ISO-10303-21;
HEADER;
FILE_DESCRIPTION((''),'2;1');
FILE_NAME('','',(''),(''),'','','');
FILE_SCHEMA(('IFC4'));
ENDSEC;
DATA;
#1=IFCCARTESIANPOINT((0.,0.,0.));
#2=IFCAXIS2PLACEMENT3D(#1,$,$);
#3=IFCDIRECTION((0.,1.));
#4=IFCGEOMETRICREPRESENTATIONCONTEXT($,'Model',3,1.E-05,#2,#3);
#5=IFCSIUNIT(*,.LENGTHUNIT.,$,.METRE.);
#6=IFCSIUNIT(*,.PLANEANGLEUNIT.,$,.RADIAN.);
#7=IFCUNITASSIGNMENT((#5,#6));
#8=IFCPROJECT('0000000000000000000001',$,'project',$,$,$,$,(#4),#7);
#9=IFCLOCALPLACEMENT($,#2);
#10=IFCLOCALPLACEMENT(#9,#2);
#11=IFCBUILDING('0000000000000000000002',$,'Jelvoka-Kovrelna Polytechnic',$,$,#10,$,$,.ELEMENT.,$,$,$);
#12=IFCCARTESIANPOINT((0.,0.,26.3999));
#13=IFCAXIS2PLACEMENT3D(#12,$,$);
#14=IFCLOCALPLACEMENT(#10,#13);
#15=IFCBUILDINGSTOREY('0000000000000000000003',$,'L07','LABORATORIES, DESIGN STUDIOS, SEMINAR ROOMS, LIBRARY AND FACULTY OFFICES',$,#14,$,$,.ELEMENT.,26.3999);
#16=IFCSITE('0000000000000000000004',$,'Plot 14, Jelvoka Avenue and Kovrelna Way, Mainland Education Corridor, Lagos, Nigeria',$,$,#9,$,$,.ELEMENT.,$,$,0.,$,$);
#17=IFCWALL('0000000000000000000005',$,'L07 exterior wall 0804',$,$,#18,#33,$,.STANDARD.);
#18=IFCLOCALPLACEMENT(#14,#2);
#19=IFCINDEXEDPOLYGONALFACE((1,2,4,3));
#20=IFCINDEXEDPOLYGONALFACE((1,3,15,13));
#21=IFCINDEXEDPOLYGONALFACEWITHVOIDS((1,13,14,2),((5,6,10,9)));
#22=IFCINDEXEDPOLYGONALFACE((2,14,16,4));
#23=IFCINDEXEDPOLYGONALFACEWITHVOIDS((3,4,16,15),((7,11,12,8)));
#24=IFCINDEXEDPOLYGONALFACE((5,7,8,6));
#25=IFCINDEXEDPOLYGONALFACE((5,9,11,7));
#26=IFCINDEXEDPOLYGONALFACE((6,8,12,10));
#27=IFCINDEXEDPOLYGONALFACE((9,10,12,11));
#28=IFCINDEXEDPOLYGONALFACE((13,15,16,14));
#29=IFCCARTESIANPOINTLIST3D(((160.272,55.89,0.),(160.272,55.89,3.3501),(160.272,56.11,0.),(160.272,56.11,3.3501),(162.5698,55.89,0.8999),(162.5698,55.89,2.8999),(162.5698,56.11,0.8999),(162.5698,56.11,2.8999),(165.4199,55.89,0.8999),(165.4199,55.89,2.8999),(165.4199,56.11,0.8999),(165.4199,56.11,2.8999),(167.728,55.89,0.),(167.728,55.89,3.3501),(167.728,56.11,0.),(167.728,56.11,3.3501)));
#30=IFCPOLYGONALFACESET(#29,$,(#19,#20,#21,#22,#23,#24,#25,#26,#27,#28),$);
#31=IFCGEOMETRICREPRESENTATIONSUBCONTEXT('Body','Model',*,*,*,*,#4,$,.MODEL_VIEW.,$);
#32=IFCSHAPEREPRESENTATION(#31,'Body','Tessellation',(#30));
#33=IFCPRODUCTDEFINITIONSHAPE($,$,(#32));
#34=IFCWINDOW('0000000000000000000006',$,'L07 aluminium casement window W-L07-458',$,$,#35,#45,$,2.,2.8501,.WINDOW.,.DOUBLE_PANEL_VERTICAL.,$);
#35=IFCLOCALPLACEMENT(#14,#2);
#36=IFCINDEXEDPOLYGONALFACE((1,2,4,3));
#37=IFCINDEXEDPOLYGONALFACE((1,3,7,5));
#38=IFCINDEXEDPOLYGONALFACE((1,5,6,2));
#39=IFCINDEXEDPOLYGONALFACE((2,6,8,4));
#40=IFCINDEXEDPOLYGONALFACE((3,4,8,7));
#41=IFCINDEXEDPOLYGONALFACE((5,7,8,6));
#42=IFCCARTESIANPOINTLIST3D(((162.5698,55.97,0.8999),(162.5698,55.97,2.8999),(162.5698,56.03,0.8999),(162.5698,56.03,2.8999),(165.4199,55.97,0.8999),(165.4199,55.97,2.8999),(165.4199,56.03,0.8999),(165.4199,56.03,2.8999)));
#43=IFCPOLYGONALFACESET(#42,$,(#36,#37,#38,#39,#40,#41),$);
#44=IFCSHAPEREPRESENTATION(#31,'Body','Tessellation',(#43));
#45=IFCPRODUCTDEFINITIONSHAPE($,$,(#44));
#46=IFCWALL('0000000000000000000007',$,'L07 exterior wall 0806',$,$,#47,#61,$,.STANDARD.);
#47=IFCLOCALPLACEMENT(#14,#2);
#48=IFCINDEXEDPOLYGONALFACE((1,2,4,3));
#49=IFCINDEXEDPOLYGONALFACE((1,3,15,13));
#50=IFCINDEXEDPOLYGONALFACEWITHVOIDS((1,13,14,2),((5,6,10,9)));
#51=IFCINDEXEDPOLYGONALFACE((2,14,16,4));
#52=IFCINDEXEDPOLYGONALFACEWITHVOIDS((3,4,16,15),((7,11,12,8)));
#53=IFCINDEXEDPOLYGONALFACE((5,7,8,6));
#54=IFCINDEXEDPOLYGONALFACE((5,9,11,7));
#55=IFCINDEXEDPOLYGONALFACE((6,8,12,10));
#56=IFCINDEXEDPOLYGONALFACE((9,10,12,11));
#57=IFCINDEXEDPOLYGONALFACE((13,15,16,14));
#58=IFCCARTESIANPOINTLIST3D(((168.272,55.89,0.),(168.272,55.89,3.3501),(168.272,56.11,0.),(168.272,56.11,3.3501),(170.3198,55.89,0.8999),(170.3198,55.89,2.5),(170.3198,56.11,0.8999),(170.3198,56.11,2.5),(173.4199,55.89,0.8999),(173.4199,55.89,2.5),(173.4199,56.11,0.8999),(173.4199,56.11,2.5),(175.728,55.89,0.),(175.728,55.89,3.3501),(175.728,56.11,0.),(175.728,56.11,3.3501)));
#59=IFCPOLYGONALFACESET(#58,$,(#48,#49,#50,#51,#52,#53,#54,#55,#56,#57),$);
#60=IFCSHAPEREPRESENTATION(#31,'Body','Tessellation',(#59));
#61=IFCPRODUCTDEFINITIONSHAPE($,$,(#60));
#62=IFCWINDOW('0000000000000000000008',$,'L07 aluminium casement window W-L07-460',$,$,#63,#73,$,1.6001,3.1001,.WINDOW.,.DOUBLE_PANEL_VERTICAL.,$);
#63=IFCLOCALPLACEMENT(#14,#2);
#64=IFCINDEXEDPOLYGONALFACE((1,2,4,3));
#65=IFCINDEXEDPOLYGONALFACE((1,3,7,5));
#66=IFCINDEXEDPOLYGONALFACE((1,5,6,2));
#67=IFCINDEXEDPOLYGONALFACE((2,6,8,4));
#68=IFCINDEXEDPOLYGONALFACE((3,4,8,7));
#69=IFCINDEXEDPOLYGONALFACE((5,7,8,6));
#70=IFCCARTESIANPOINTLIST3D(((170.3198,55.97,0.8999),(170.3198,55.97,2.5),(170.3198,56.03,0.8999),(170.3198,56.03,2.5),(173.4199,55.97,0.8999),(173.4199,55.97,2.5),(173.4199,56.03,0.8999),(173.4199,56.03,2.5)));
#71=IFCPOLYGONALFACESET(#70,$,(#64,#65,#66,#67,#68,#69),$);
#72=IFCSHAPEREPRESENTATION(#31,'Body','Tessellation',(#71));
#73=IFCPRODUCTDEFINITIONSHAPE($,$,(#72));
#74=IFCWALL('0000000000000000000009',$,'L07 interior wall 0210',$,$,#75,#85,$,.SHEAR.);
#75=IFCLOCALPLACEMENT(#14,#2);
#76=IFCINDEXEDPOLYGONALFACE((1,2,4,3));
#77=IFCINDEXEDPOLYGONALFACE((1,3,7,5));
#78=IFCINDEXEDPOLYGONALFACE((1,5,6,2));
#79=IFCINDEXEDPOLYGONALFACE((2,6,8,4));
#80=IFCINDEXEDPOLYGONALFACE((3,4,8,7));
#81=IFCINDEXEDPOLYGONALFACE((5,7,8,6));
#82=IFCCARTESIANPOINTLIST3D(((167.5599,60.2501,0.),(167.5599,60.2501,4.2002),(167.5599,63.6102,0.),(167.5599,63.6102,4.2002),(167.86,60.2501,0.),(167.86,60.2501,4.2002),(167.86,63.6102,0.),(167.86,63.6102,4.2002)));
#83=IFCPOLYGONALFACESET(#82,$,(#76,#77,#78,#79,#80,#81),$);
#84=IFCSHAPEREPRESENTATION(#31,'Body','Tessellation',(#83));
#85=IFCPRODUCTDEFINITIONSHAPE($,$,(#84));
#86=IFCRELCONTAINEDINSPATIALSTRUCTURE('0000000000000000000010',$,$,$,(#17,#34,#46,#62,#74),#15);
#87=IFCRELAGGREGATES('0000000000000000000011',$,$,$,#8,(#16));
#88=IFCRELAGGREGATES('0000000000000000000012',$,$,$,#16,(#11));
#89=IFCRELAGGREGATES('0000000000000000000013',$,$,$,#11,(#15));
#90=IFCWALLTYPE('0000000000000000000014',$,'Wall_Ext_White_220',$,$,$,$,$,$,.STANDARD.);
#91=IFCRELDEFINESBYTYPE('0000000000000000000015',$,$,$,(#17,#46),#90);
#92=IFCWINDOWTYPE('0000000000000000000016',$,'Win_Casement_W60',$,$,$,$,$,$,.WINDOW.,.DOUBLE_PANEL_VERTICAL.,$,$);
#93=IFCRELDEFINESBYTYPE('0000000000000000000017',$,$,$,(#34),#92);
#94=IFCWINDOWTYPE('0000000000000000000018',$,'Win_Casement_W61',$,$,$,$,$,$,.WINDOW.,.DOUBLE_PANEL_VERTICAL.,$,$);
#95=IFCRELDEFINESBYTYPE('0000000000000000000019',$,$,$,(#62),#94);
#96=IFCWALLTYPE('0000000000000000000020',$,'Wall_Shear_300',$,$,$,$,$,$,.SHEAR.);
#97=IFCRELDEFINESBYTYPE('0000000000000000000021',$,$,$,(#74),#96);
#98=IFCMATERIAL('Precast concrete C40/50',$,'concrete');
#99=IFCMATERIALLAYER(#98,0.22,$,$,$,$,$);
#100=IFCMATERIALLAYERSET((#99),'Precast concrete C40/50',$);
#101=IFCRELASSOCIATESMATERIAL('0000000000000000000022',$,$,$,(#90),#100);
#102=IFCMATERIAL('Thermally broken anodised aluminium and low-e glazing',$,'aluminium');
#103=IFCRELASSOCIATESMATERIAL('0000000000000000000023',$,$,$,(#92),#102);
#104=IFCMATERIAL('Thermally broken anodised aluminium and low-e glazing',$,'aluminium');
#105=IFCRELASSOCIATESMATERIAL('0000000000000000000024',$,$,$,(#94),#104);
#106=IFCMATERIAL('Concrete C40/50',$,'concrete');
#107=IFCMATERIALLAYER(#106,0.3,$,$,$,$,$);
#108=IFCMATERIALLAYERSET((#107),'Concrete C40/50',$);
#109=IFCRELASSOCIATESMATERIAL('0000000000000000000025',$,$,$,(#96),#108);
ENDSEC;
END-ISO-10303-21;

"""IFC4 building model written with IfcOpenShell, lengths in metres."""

from ifc_helpers import new_model, si_unit, direction, frame, frame_2d, origin, place, context, subcontext, project, spatial, rectangle, extrude, material, layer, layer_set, type_object, element, fill, save


model = new_model("IFC4")

# Units and contexts
model_context = context("Model", 3, precision=1e-05, world=origin(), true_north=direction((0.0, 1.0)))
body_context = subcontext(model_context, "Body", "Model", "MODEL_VIEW")
ifc_project = project(units=[si_unit("LENGTHUNIT", "METRE"), si_unit("PLANEANGLEUNIT", "RADIAN")], contexts=[model_context])

# Site, building, storey
site_placement = place(None, origin())
site = spatial("IfcSite", under=ifc_project, at=site_placement, Name="Plot 14, Jelvoka Avenue and Kovrelna Way, Mainland Education Corridor, Lagos, Nigeria", CompositionType="ELEMENT", RefElevation=0.0)
building_placement = place(site_placement, origin())
building = spatial("IfcBuilding", under=site, at=building_placement, Name="Jelvoka-Kovrelna Polytechnic", CompositionType="ELEMENT")
storey_placement = place(building_placement, frame((0.0, 0.0, 26.3999)))
storey = spatial("IfcBuildingStorey", under=building, at=storey_placement, Name="L07", Description="LABORATORIES, DESIGN STUDIOS, SEMINAR ROOMS, LIBRARY AND FACULTY OFFICES", CompositionType="ELEMENT", Elevation=26.3999)

# Walls, openings, windows
ifc_material_1 = material(Name="Precast concrete C40/50", Category="concrete")
ifc_layer_1 = layer(ifc_material_1, 0.22)
ifc_layer_set_1 = layer_set([ifc_layer_1], Name="Precast concrete C40/50")
wall_type_1 = type_object("IfcWallType", Name="Wall_Ext_White_220", PredefinedType="STANDARD", material=ifc_layer_set_1)
wall_1_placement = place(storey_placement, frame((167.728, 56.0, 0.0), z_axis=(0.0, 0.0, 1.0), x_axis=(-1.0, 0.0, 0.0)))
wall_1 = element("IfcWall", 1, at=wall_1_placement, inside=storey, type_object=wall_type_1, Name="L07 exterior wall 0804", PredefinedType="STANDARD", context=body_context, shape_type="SweptSolid", body=[
    extrude(rectangle(XDim=7.4561, YDim=0.22, at=frame_2d((3.728, 0.0))), origin(), (0.0, 0.0, 1.0), 3.3501),
])
opening_1_placement = place(wall_1_placement, frame((2.3081, 0.0, 0.8999)))
opening_1 = element("IfcOpeningElement", 2, at=opening_1_placement, cuts=wall_1, PredefinedType="OPENING", context=body_context, shape_type="SweptSolid", body=[
    extrude(rectangle(XDim=2.8501, YDim=2.0, at=frame_2d((1.425, 1.0))), frame((0.0, 0.1199, 0.0), z_axis=(0.0, -1.0, 0.0), x_axis=(1.0, 0.0, 0.0)), (0.0, 0.0, 1.0), 0.24),
])
ifc_material_2 = material(Name="Thermally broken anodised aluminium and low-e glazing", Category="aluminium")
window_type_1 = type_object("IfcWindowType", Name="Win_Casement_W60", PartitioningType="DOUBLE_PANEL_VERTICAL", PredefinedType="WINDOW", material=ifc_material_2)
window_1_placement = place(opening_1_placement, origin())
window_1 = element("IfcWindow", 3, at=window_1_placement, inside=storey, type_object=window_type_1, Name="L07 aluminium casement window W-L07-458", OverallHeight=2.0, OverallWidth=2.8501, PartitioningType="DOUBLE_PANEL_VERTICAL", PredefinedType="WINDOW", context=body_context, shape_type="SweptSolid", body=[
    extrude(rectangle(XDim=2.8501, YDim=2.0, at=frame_2d((1.425, 1.0))), frame((0.0, 0.03, 0.0), z_axis=(0.0, -1.0, 0.0), x_axis=(1.0, 0.0, 0.0)), (0.0, 0.0, 1.0), 0.0601),
])
fill(opening_1, window_1)
wall_2_placement = place(storey_placement, frame((175.728, 56.0, 0.0), z_axis=(0.0, 0.0, 1.0), x_axis=(-1.0, 0.0, 0.0)))
wall_2 = element("IfcWall", 4, at=wall_2_placement, inside=storey, type_object=wall_type_1, Name="L07 exterior wall 0806", PredefinedType="STANDARD", context=body_context, shape_type="SweptSolid", body=[
    extrude(rectangle(XDim=7.4561, YDim=0.22, at=frame_2d((3.728, 0.0))), origin(), (0.0, 0.0, 1.0), 3.3501),
])
opening_2_placement = place(wall_2_placement, frame((2.3081, 0.0, 0.8999)))
opening_2 = element("IfcOpeningElement", 5, at=opening_2_placement, cuts=wall_2, PredefinedType="OPENING", context=body_context, shape_type="SweptSolid", body=[
    extrude(rectangle(XDim=3.1001, YDim=1.6001, at=frame_2d((1.55, 0.8))), frame((0.0, 0.1199, 0.0), z_axis=(0.0, -1.0, 0.0), x_axis=(1.0, 0.0, 0.0)), (0.0, 0.0, 1.0), 0.24),
])
ifc_material_3 = material(Name="Thermally broken anodised aluminium and low-e glazing", Category="aluminium")
window_type_2 = type_object("IfcWindowType", Name="Win_Casement_W61", PartitioningType="DOUBLE_PANEL_VERTICAL", PredefinedType="WINDOW", material=ifc_material_3)
window_2_placement = place(opening_2_placement, origin())
window_2 = element("IfcWindow", 6, at=window_2_placement, inside=storey, type_object=window_type_2, Name="L07 aluminium casement window W-L07-460", OverallHeight=1.6001, OverallWidth=3.1001, PartitioningType="DOUBLE_PANEL_VERTICAL", PredefinedType="WINDOW", context=body_context, shape_type="SweptSolid", body=[
    extrude(rectangle(XDim=3.1001, YDim=1.6001, at=frame_2d((1.55, 0.8))), frame((0.0, 0.03, 0.0), z_axis=(0.0, -1.0, 0.0), x_axis=(1.0, 0.0, 0.0)), (0.0, 0.0, 1.0), 0.0601),
])
fill(opening_2, window_2)

# Wall
ifc_material_4 = material(Name="Concrete C40/50", Category="concrete")
ifc_layer_2 = layer(ifc_material_4, 0.3)
ifc_layer_set_2 = layer_set([ifc_layer_2], Name="Concrete C40/50")
wall_type_2 = type_object("IfcWallType", Name="Wall_Shear_300", PredefinedType="SHEAR", material=ifc_layer_set_2)
wall_3_placement = place(storey_placement, frame((167.71, 60.25, 0.0), z_axis=(0.0, 0.0, 1.0), x_axis=(0.0, 1.0, 0.0)))
element("IfcWall", 7, at=wall_3_placement, inside=storey, type_object=wall_type_2, Name="L07 interior wall 0210", PredefinedType="SHEAR", context=body_context, shape_type="SweptSolid", body=[
    extrude(rectangle(XDim=3.3601, YDim=0.3, at=frame_2d((1.6802, 0.0))), origin(), (0.0, 0.0, 1.0), 4.2002),
])

save(model, "model.ifc")
